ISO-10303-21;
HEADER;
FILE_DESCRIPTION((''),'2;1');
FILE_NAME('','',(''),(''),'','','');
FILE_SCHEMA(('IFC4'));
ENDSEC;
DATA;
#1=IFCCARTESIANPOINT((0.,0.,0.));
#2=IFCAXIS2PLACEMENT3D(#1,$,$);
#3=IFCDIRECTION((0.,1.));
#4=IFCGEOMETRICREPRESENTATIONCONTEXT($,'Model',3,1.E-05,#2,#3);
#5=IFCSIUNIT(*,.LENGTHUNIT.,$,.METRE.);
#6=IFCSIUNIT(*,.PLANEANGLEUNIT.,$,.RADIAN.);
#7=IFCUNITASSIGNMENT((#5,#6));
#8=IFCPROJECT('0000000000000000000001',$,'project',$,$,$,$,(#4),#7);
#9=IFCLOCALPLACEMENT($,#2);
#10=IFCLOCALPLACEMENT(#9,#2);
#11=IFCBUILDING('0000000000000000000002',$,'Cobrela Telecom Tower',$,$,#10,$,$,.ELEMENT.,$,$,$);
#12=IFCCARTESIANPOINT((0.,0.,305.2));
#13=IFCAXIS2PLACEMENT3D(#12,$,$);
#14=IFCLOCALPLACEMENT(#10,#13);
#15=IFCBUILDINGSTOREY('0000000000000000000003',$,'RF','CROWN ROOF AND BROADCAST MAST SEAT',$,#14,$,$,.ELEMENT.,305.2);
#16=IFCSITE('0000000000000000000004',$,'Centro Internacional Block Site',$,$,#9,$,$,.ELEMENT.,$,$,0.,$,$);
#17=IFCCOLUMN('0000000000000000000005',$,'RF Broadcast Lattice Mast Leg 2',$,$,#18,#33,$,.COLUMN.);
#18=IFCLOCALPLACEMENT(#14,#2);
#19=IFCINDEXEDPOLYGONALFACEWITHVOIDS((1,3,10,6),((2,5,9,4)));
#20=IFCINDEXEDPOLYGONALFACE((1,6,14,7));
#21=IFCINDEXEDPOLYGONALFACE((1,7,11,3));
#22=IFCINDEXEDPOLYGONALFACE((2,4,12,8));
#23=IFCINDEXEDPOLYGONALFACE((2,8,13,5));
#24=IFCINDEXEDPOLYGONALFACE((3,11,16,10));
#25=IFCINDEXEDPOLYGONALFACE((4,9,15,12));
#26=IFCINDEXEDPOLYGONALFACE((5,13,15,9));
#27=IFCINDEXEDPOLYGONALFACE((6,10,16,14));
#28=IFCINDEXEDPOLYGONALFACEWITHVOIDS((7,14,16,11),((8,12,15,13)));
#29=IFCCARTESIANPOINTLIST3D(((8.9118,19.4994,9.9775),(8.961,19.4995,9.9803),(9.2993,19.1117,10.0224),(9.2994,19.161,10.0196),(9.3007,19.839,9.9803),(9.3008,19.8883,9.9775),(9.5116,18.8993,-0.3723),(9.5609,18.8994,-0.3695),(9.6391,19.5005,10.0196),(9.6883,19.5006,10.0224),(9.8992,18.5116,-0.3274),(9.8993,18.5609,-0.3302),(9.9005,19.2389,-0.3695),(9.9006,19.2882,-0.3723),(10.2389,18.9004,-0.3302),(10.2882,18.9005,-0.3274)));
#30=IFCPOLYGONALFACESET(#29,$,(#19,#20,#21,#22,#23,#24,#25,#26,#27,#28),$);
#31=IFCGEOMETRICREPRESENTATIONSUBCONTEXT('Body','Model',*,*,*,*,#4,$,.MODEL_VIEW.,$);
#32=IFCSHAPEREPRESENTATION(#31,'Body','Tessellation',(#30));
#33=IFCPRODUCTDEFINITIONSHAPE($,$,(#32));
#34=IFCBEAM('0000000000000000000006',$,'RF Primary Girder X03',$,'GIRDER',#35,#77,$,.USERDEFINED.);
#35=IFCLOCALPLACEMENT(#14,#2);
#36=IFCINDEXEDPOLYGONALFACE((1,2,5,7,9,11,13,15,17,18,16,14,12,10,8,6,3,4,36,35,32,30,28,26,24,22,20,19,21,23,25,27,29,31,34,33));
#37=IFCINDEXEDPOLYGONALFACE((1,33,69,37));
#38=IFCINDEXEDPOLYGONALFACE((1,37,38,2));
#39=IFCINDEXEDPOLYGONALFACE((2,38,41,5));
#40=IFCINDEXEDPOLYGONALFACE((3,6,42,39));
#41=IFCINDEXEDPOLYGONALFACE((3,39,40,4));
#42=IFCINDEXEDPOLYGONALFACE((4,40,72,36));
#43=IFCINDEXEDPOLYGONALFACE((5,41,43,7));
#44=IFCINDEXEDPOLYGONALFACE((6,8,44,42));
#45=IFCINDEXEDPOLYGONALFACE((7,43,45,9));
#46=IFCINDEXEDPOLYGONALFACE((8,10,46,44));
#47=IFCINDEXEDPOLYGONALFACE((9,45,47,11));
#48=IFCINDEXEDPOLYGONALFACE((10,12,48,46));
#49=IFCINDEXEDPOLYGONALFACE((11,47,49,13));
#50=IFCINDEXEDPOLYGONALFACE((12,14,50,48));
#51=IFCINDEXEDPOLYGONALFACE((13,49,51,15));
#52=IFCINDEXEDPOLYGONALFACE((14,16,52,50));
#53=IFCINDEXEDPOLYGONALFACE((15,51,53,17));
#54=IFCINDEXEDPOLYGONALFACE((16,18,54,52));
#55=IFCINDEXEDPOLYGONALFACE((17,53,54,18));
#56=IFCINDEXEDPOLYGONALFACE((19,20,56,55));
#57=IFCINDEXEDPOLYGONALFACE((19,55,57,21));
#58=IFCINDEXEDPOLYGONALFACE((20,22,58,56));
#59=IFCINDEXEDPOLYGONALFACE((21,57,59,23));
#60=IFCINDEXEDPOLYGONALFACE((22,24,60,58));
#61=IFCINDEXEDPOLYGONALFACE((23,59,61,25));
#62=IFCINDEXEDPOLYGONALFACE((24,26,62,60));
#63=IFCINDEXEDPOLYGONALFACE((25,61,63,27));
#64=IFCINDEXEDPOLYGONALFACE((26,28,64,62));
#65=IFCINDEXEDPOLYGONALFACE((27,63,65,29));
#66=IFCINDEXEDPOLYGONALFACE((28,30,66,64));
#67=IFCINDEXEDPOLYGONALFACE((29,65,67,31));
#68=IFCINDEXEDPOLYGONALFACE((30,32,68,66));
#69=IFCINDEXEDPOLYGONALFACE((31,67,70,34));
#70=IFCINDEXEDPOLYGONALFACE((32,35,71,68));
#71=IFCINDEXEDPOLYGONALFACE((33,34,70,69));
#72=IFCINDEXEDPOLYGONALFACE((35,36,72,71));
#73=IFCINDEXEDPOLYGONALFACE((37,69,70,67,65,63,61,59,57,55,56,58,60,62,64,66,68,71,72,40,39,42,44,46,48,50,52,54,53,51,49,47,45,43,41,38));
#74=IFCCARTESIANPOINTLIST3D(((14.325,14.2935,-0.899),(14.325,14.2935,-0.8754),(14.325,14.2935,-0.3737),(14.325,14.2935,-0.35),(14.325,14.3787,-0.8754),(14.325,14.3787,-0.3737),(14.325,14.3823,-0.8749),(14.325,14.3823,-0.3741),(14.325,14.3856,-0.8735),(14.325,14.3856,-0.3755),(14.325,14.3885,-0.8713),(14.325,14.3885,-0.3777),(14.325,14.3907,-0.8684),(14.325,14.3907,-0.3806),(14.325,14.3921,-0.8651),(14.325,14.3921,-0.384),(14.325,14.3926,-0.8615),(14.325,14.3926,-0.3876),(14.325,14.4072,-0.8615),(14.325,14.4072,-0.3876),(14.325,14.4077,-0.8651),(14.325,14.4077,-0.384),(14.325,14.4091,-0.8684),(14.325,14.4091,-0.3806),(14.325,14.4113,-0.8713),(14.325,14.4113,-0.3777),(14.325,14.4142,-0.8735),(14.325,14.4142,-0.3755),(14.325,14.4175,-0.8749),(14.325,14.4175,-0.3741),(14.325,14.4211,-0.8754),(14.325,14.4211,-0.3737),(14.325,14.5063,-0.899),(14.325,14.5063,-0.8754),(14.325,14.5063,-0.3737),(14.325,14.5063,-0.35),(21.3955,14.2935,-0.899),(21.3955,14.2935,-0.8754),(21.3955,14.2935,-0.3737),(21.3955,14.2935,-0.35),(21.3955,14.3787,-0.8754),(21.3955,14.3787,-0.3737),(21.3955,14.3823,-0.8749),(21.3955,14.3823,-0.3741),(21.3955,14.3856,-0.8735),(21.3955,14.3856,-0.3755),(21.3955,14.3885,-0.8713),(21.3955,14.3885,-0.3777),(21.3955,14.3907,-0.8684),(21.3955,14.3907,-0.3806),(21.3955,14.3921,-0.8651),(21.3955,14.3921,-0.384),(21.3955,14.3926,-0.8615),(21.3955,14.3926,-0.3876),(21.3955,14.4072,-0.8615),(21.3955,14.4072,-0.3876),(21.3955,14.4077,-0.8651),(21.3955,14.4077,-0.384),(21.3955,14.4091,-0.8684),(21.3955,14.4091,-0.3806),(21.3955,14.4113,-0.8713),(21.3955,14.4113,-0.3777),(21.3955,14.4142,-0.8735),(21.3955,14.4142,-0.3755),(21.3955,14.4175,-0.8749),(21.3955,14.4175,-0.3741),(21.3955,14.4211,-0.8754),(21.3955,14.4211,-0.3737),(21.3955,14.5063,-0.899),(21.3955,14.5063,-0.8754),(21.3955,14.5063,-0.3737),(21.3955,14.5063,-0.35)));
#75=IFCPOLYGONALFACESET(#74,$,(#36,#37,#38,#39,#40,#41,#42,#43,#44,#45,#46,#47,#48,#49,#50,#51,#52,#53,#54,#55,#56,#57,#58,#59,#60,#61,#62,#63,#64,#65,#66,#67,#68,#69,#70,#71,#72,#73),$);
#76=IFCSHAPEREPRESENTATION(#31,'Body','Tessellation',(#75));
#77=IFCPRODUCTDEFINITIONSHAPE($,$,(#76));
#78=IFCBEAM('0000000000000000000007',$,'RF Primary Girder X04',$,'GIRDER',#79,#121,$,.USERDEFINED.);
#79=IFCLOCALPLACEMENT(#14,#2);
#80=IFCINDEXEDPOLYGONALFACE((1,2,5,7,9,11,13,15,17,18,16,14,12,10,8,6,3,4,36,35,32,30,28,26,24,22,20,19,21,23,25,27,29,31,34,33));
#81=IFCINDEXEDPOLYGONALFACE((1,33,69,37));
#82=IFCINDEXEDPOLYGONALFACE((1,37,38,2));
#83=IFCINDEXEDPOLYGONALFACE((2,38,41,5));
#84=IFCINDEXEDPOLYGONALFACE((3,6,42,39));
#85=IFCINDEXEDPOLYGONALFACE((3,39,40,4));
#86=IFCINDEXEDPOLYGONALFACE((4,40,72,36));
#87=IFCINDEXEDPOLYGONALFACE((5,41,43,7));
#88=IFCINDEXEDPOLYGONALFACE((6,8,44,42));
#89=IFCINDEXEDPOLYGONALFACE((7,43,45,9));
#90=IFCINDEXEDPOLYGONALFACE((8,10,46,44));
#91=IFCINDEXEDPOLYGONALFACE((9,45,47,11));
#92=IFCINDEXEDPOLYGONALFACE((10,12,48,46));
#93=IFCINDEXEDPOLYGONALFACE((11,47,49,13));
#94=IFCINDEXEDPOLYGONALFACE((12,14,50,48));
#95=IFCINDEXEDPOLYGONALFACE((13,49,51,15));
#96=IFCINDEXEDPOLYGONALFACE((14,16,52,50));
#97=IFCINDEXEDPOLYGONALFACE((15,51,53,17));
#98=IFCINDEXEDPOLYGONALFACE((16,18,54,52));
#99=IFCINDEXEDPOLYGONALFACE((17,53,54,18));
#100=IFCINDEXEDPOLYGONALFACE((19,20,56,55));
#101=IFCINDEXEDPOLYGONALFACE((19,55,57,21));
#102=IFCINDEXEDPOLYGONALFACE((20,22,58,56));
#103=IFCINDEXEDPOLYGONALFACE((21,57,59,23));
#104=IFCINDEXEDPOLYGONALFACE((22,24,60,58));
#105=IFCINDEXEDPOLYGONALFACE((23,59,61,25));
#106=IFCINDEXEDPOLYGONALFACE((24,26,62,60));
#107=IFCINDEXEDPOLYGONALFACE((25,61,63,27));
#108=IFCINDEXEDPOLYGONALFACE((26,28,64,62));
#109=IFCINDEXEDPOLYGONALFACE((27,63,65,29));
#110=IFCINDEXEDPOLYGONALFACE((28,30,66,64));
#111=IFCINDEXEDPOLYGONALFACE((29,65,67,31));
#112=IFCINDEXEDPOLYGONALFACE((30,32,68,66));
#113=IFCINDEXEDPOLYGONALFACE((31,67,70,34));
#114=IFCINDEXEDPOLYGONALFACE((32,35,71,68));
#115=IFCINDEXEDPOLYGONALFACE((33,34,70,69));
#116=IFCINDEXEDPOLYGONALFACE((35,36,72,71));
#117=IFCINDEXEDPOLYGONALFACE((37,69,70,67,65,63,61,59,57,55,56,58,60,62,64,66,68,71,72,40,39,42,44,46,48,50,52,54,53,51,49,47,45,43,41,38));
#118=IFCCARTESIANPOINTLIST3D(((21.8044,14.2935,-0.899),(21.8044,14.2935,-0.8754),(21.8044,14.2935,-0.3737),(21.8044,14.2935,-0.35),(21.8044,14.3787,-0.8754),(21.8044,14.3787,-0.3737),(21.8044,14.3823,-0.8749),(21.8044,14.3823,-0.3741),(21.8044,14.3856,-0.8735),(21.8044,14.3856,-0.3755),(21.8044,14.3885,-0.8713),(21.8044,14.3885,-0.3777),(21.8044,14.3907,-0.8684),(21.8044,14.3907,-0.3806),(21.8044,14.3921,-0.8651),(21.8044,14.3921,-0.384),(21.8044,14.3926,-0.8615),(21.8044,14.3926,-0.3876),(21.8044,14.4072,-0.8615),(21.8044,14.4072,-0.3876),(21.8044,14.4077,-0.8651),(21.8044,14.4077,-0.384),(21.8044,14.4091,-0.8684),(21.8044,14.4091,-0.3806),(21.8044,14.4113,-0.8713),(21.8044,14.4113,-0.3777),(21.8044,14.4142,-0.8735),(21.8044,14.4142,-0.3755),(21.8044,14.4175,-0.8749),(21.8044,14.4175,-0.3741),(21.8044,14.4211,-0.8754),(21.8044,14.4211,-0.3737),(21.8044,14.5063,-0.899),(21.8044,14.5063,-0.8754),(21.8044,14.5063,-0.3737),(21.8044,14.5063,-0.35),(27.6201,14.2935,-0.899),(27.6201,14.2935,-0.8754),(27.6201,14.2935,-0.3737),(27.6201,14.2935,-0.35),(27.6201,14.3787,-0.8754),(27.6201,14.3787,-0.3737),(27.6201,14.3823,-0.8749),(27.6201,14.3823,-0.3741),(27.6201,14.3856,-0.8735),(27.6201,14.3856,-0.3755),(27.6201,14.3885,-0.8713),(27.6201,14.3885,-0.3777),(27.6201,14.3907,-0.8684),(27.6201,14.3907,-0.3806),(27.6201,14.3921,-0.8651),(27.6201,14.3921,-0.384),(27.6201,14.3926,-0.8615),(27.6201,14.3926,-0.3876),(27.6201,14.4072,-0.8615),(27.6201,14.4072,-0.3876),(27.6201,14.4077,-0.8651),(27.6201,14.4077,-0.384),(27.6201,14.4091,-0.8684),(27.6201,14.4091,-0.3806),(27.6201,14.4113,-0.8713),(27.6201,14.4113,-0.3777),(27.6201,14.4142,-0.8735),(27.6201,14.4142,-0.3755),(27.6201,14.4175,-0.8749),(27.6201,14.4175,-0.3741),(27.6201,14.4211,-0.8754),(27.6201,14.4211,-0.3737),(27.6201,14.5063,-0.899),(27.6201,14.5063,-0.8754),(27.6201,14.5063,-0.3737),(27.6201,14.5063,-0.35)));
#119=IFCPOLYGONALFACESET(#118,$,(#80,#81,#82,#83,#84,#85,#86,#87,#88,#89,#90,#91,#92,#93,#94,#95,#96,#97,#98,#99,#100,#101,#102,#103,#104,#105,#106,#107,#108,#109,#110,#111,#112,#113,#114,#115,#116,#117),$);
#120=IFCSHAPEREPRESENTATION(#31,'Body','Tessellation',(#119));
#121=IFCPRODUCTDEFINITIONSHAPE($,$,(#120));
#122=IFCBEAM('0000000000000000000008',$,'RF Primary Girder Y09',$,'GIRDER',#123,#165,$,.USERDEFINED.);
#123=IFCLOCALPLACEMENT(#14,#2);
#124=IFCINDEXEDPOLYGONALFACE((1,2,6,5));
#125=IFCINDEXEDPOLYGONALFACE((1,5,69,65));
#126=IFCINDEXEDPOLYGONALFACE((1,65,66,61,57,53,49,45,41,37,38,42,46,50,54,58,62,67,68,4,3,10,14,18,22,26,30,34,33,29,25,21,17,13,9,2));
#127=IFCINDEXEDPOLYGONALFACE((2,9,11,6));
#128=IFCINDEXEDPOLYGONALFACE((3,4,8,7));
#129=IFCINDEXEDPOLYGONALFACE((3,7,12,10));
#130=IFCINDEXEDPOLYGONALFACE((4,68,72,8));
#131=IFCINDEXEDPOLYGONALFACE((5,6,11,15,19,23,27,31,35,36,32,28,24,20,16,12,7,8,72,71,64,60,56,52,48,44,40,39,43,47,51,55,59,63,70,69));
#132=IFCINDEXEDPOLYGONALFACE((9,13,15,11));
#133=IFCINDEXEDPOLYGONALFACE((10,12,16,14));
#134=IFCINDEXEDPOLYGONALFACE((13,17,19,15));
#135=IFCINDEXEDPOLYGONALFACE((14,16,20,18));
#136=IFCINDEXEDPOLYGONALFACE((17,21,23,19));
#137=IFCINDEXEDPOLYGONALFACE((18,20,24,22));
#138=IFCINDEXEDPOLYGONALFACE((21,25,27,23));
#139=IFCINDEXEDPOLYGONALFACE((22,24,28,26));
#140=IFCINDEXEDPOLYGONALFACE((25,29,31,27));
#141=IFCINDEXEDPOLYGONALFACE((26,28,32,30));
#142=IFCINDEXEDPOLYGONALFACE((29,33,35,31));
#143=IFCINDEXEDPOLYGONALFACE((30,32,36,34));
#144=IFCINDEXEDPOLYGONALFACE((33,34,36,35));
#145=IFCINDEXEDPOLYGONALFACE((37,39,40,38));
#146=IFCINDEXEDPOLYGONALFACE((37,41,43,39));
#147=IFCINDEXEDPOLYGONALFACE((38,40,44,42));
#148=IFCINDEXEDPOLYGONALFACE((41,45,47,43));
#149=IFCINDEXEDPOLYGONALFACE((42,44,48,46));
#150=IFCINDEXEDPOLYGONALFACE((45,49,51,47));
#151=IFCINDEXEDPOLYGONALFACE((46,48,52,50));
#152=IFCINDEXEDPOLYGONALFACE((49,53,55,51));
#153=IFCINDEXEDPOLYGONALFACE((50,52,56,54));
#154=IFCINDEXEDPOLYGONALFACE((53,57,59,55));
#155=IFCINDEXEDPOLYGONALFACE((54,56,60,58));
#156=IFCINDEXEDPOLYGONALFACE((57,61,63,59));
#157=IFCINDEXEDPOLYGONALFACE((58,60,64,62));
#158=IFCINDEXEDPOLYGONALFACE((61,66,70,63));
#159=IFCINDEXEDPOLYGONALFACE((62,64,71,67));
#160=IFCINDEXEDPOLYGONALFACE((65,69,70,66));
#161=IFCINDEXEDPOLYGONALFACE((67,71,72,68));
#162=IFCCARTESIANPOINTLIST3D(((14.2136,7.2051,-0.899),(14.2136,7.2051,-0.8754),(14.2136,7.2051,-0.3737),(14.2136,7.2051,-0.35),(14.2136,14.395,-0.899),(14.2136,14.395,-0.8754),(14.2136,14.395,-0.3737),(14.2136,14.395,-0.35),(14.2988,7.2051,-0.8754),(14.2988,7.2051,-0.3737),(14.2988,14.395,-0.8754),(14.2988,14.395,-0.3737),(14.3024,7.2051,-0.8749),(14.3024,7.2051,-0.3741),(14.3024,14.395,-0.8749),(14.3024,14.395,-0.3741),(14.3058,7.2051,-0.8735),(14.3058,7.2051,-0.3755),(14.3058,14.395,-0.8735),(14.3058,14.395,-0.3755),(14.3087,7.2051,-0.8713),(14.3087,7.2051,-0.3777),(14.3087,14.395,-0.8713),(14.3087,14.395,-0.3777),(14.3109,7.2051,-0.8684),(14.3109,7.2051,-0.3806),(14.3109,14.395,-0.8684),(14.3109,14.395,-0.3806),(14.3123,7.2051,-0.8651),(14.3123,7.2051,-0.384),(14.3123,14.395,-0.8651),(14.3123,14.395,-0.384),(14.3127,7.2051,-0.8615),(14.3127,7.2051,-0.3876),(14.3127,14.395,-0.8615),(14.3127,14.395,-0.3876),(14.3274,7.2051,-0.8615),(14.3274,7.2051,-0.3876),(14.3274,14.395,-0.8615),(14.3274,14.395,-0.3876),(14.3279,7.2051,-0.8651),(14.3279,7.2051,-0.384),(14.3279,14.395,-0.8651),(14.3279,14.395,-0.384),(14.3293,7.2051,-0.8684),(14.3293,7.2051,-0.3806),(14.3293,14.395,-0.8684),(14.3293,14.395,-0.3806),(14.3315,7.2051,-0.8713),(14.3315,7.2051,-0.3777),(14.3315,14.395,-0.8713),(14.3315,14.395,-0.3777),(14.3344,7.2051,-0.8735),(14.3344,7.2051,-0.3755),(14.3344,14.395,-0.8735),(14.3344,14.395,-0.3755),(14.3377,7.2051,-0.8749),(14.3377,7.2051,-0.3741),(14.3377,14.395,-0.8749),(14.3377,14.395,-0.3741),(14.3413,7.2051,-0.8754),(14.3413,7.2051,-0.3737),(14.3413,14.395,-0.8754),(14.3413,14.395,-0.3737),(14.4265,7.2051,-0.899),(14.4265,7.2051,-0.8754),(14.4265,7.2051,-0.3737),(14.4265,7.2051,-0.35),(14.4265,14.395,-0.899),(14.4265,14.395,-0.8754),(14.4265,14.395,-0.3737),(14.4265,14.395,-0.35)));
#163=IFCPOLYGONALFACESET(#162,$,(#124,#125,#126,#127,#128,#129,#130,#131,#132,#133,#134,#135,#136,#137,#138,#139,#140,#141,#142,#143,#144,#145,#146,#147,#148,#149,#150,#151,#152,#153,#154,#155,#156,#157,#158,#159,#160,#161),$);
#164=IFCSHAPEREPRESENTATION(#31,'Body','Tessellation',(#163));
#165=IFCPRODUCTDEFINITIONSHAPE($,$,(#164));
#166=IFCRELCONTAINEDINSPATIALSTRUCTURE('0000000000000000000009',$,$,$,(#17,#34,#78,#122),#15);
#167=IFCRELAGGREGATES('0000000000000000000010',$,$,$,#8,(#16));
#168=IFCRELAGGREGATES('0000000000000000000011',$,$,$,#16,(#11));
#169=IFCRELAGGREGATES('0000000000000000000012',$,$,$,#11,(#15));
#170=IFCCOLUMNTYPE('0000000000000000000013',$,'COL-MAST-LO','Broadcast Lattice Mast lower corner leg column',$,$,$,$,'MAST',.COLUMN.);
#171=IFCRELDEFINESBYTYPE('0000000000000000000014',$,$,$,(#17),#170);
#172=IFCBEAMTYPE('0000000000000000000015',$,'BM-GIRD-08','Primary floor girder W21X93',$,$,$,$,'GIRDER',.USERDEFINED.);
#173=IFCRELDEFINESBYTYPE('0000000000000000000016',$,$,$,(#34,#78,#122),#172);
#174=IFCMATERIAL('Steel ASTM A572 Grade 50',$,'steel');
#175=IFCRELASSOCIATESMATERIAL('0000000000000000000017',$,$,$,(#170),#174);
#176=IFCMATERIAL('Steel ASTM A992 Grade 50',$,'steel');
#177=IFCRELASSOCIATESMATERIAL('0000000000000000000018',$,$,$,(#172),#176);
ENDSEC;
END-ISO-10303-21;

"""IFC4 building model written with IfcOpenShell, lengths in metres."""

from ifc_helpers import new_model, si_unit, direction, frame, origin, origin_2d, place, context, subcontext, project, spatial, hollow_rectangle, i_section, extrude, material, material_profile, profile_set, type_object, element, save


model = new_model("IFC4")

# Units and contexts
model_context = context("Model", 3, precision=1e-05, world=origin(), true_north=direction((0.0, 1.0)))
body_context = subcontext(model_context, "Body", "Model", "MODEL_VIEW")
ifc_project = project(units=[si_unit("LENGTHUNIT", "METRE"), si_unit("PLANEANGLEUNIT", "RADIAN")], contexts=[model_context])

# Site, building, storey
site_placement = place(None, origin())
site = spatial("IfcSite", under=ifc_project, at=site_placement, Name="Centro Internacional Block Site", CompositionType="ELEMENT", RefElevation=0.0)
building_placement = place(site_placement, origin())
building = spatial("IfcBuilding", under=site, at=building_placement, Name="Cobrela Telecom Tower", CompositionType="ELEMENT")
storey_placement = place(building_placement, frame((0.0, 0.0, 305.2)))
storey = spatial("IfcBuildingStorey", under=building, at=storey_placement, Name="RF", Description="CROWN ROOF AND BROADCAST MAST SEAT", CompositionType="ELEMENT", Elevation=305.2)

# Column
ifc_material_1 = material(Name="Steel ASTM A572 Grade 50", Category="steel")
ifc_material_profile_1 = material_profile(ifc_material_1, hollow_rectangle(XDim=0.55, YDim=0.55, WallThickness=0.0349, at=origin_2d()), Name="BOX 550x550x35")
ifc_profile_set_1 = profile_set([ifc_material_profile_1], Name="Steel ASTM A572 Grade 50")
column_type = type_object("IfcColumnType", Name="COL-MAST-LO", Description="Broadcast Lattice Mast lower corner leg column", ElementType="MAST", PredefinedType="COLUMN", material=ifc_profile_set_1)
column_placement = place(storey_placement, frame((9.8999, 18.8999, -0.3499), z_axis=(-0.057764, 0.057787, 0.996656), x_axis=(-0.707251, -0.706963, 0.0)))
element("IfcColumn", 1, at=column_placement, inside=storey, type_object=column_type, Name="RF Broadcast Lattice Mast Leg 2", PredefinedType="COLUMN", context=body_context, shape_type="SweptSolid", body=[
    extrude(hollow_rectangle(XDim=0.55, YDim=0.55, WallThickness=0.0349, at=origin_2d()), origin(), (0.0, 0.0, 1.0), 10.3845),
])

# Beams
ifc_material_2 = material(Name="Steel ASTM A992 Grade 50", Category="steel")
ifc_material_profile_2 = material_profile(ifc_material_2, i_section(OverallWidth=0.2129, OverallDepth=0.5491, WebThickness=0.0146, FlangeThickness=0.0237, FilletRadius=0.0139, at=origin_2d()), Name="W21X93")
ifc_profile_set_2 = profile_set([ifc_material_profile_2], Name="Steel ASTM A992 Grade 50")
beam_type_1 = type_object("IfcBeamType", Name="BM-GIRD-08", Description="Primary floor girder W21X93", ElementType="GIRDER", PredefinedType="USERDEFINED", material=ifc_profile_set_2)
beam_1_placement = place(storey_placement, frame((14.325, 14.3999, -0.6245), z_axis=(1.0, 0.0, 0.0), x_axis=(0.0, 1.0, 0.0)))
element("IfcBeam", 2, at=beam_1_placement, inside=storey, type_object=beam_type_1, Name="RF Primary Girder X03", ObjectType="GIRDER", PredefinedType="USERDEFINED", context=body_context, shape_type="SweptSolid", body=[
    extrude(i_section(OverallWidth=0.2129, OverallDepth=0.5491, WebThickness=0.0146, FlangeThickness=0.0237, FilletRadius=0.0139, at=origin_2d()), origin(), (0.0, 0.0, 1.0), 7.0706),
])
beam_2_placement = place(storey_placement, frame((21.8044, 14.3999, -0.6245), z_axis=(1.0, 0.0, 0.0), x_axis=(0.0, 1.0, 0.0)))
element("IfcBeam", 3, at=beam_2_placement, inside=storey, type_object=beam_type_1, Name="RF Primary Girder X04", ObjectType="GIRDER", PredefinedType="USERDEFINED", context=body_context, shape_type="SweptSolid", body=[
    extrude(i_section(OverallWidth=0.2129, OverallDepth=0.5491, WebThickness=0.0146, FlangeThickness=0.0237, FilletRadius=0.0139, at=origin_2d()), origin(), (0.0, 0.0, 1.0), 5.8157),
])
for number, where, z_axis, x_axis, name in (
    (4, (14.3201, 7.2051, -0.6245), (0.0, 1.0, 0.0), (-1.0, 0.0, 0.0), "RF Primary Girder Y09"),
):
    element("IfcBeam", number, at=place(storey_placement, frame(where, z_axis=z_axis, x_axis=x_axis)), inside=storey, type_object=beam_type_1, Name=name, ObjectType="GIRDER", PredefinedType="USERDEFINED", context=body_context, shape_type="SweptSolid", body=[
        extrude(i_section(OverallWidth=0.2129, OverallDepth=0.5491, WebThickness=0.0146, FlangeThickness=0.0237, FilletRadius=0.0139, at=origin_2d()), origin(), (0.0, 0.0, 1.0), 7.1899),
    ])

save(model, "model.ifc")
